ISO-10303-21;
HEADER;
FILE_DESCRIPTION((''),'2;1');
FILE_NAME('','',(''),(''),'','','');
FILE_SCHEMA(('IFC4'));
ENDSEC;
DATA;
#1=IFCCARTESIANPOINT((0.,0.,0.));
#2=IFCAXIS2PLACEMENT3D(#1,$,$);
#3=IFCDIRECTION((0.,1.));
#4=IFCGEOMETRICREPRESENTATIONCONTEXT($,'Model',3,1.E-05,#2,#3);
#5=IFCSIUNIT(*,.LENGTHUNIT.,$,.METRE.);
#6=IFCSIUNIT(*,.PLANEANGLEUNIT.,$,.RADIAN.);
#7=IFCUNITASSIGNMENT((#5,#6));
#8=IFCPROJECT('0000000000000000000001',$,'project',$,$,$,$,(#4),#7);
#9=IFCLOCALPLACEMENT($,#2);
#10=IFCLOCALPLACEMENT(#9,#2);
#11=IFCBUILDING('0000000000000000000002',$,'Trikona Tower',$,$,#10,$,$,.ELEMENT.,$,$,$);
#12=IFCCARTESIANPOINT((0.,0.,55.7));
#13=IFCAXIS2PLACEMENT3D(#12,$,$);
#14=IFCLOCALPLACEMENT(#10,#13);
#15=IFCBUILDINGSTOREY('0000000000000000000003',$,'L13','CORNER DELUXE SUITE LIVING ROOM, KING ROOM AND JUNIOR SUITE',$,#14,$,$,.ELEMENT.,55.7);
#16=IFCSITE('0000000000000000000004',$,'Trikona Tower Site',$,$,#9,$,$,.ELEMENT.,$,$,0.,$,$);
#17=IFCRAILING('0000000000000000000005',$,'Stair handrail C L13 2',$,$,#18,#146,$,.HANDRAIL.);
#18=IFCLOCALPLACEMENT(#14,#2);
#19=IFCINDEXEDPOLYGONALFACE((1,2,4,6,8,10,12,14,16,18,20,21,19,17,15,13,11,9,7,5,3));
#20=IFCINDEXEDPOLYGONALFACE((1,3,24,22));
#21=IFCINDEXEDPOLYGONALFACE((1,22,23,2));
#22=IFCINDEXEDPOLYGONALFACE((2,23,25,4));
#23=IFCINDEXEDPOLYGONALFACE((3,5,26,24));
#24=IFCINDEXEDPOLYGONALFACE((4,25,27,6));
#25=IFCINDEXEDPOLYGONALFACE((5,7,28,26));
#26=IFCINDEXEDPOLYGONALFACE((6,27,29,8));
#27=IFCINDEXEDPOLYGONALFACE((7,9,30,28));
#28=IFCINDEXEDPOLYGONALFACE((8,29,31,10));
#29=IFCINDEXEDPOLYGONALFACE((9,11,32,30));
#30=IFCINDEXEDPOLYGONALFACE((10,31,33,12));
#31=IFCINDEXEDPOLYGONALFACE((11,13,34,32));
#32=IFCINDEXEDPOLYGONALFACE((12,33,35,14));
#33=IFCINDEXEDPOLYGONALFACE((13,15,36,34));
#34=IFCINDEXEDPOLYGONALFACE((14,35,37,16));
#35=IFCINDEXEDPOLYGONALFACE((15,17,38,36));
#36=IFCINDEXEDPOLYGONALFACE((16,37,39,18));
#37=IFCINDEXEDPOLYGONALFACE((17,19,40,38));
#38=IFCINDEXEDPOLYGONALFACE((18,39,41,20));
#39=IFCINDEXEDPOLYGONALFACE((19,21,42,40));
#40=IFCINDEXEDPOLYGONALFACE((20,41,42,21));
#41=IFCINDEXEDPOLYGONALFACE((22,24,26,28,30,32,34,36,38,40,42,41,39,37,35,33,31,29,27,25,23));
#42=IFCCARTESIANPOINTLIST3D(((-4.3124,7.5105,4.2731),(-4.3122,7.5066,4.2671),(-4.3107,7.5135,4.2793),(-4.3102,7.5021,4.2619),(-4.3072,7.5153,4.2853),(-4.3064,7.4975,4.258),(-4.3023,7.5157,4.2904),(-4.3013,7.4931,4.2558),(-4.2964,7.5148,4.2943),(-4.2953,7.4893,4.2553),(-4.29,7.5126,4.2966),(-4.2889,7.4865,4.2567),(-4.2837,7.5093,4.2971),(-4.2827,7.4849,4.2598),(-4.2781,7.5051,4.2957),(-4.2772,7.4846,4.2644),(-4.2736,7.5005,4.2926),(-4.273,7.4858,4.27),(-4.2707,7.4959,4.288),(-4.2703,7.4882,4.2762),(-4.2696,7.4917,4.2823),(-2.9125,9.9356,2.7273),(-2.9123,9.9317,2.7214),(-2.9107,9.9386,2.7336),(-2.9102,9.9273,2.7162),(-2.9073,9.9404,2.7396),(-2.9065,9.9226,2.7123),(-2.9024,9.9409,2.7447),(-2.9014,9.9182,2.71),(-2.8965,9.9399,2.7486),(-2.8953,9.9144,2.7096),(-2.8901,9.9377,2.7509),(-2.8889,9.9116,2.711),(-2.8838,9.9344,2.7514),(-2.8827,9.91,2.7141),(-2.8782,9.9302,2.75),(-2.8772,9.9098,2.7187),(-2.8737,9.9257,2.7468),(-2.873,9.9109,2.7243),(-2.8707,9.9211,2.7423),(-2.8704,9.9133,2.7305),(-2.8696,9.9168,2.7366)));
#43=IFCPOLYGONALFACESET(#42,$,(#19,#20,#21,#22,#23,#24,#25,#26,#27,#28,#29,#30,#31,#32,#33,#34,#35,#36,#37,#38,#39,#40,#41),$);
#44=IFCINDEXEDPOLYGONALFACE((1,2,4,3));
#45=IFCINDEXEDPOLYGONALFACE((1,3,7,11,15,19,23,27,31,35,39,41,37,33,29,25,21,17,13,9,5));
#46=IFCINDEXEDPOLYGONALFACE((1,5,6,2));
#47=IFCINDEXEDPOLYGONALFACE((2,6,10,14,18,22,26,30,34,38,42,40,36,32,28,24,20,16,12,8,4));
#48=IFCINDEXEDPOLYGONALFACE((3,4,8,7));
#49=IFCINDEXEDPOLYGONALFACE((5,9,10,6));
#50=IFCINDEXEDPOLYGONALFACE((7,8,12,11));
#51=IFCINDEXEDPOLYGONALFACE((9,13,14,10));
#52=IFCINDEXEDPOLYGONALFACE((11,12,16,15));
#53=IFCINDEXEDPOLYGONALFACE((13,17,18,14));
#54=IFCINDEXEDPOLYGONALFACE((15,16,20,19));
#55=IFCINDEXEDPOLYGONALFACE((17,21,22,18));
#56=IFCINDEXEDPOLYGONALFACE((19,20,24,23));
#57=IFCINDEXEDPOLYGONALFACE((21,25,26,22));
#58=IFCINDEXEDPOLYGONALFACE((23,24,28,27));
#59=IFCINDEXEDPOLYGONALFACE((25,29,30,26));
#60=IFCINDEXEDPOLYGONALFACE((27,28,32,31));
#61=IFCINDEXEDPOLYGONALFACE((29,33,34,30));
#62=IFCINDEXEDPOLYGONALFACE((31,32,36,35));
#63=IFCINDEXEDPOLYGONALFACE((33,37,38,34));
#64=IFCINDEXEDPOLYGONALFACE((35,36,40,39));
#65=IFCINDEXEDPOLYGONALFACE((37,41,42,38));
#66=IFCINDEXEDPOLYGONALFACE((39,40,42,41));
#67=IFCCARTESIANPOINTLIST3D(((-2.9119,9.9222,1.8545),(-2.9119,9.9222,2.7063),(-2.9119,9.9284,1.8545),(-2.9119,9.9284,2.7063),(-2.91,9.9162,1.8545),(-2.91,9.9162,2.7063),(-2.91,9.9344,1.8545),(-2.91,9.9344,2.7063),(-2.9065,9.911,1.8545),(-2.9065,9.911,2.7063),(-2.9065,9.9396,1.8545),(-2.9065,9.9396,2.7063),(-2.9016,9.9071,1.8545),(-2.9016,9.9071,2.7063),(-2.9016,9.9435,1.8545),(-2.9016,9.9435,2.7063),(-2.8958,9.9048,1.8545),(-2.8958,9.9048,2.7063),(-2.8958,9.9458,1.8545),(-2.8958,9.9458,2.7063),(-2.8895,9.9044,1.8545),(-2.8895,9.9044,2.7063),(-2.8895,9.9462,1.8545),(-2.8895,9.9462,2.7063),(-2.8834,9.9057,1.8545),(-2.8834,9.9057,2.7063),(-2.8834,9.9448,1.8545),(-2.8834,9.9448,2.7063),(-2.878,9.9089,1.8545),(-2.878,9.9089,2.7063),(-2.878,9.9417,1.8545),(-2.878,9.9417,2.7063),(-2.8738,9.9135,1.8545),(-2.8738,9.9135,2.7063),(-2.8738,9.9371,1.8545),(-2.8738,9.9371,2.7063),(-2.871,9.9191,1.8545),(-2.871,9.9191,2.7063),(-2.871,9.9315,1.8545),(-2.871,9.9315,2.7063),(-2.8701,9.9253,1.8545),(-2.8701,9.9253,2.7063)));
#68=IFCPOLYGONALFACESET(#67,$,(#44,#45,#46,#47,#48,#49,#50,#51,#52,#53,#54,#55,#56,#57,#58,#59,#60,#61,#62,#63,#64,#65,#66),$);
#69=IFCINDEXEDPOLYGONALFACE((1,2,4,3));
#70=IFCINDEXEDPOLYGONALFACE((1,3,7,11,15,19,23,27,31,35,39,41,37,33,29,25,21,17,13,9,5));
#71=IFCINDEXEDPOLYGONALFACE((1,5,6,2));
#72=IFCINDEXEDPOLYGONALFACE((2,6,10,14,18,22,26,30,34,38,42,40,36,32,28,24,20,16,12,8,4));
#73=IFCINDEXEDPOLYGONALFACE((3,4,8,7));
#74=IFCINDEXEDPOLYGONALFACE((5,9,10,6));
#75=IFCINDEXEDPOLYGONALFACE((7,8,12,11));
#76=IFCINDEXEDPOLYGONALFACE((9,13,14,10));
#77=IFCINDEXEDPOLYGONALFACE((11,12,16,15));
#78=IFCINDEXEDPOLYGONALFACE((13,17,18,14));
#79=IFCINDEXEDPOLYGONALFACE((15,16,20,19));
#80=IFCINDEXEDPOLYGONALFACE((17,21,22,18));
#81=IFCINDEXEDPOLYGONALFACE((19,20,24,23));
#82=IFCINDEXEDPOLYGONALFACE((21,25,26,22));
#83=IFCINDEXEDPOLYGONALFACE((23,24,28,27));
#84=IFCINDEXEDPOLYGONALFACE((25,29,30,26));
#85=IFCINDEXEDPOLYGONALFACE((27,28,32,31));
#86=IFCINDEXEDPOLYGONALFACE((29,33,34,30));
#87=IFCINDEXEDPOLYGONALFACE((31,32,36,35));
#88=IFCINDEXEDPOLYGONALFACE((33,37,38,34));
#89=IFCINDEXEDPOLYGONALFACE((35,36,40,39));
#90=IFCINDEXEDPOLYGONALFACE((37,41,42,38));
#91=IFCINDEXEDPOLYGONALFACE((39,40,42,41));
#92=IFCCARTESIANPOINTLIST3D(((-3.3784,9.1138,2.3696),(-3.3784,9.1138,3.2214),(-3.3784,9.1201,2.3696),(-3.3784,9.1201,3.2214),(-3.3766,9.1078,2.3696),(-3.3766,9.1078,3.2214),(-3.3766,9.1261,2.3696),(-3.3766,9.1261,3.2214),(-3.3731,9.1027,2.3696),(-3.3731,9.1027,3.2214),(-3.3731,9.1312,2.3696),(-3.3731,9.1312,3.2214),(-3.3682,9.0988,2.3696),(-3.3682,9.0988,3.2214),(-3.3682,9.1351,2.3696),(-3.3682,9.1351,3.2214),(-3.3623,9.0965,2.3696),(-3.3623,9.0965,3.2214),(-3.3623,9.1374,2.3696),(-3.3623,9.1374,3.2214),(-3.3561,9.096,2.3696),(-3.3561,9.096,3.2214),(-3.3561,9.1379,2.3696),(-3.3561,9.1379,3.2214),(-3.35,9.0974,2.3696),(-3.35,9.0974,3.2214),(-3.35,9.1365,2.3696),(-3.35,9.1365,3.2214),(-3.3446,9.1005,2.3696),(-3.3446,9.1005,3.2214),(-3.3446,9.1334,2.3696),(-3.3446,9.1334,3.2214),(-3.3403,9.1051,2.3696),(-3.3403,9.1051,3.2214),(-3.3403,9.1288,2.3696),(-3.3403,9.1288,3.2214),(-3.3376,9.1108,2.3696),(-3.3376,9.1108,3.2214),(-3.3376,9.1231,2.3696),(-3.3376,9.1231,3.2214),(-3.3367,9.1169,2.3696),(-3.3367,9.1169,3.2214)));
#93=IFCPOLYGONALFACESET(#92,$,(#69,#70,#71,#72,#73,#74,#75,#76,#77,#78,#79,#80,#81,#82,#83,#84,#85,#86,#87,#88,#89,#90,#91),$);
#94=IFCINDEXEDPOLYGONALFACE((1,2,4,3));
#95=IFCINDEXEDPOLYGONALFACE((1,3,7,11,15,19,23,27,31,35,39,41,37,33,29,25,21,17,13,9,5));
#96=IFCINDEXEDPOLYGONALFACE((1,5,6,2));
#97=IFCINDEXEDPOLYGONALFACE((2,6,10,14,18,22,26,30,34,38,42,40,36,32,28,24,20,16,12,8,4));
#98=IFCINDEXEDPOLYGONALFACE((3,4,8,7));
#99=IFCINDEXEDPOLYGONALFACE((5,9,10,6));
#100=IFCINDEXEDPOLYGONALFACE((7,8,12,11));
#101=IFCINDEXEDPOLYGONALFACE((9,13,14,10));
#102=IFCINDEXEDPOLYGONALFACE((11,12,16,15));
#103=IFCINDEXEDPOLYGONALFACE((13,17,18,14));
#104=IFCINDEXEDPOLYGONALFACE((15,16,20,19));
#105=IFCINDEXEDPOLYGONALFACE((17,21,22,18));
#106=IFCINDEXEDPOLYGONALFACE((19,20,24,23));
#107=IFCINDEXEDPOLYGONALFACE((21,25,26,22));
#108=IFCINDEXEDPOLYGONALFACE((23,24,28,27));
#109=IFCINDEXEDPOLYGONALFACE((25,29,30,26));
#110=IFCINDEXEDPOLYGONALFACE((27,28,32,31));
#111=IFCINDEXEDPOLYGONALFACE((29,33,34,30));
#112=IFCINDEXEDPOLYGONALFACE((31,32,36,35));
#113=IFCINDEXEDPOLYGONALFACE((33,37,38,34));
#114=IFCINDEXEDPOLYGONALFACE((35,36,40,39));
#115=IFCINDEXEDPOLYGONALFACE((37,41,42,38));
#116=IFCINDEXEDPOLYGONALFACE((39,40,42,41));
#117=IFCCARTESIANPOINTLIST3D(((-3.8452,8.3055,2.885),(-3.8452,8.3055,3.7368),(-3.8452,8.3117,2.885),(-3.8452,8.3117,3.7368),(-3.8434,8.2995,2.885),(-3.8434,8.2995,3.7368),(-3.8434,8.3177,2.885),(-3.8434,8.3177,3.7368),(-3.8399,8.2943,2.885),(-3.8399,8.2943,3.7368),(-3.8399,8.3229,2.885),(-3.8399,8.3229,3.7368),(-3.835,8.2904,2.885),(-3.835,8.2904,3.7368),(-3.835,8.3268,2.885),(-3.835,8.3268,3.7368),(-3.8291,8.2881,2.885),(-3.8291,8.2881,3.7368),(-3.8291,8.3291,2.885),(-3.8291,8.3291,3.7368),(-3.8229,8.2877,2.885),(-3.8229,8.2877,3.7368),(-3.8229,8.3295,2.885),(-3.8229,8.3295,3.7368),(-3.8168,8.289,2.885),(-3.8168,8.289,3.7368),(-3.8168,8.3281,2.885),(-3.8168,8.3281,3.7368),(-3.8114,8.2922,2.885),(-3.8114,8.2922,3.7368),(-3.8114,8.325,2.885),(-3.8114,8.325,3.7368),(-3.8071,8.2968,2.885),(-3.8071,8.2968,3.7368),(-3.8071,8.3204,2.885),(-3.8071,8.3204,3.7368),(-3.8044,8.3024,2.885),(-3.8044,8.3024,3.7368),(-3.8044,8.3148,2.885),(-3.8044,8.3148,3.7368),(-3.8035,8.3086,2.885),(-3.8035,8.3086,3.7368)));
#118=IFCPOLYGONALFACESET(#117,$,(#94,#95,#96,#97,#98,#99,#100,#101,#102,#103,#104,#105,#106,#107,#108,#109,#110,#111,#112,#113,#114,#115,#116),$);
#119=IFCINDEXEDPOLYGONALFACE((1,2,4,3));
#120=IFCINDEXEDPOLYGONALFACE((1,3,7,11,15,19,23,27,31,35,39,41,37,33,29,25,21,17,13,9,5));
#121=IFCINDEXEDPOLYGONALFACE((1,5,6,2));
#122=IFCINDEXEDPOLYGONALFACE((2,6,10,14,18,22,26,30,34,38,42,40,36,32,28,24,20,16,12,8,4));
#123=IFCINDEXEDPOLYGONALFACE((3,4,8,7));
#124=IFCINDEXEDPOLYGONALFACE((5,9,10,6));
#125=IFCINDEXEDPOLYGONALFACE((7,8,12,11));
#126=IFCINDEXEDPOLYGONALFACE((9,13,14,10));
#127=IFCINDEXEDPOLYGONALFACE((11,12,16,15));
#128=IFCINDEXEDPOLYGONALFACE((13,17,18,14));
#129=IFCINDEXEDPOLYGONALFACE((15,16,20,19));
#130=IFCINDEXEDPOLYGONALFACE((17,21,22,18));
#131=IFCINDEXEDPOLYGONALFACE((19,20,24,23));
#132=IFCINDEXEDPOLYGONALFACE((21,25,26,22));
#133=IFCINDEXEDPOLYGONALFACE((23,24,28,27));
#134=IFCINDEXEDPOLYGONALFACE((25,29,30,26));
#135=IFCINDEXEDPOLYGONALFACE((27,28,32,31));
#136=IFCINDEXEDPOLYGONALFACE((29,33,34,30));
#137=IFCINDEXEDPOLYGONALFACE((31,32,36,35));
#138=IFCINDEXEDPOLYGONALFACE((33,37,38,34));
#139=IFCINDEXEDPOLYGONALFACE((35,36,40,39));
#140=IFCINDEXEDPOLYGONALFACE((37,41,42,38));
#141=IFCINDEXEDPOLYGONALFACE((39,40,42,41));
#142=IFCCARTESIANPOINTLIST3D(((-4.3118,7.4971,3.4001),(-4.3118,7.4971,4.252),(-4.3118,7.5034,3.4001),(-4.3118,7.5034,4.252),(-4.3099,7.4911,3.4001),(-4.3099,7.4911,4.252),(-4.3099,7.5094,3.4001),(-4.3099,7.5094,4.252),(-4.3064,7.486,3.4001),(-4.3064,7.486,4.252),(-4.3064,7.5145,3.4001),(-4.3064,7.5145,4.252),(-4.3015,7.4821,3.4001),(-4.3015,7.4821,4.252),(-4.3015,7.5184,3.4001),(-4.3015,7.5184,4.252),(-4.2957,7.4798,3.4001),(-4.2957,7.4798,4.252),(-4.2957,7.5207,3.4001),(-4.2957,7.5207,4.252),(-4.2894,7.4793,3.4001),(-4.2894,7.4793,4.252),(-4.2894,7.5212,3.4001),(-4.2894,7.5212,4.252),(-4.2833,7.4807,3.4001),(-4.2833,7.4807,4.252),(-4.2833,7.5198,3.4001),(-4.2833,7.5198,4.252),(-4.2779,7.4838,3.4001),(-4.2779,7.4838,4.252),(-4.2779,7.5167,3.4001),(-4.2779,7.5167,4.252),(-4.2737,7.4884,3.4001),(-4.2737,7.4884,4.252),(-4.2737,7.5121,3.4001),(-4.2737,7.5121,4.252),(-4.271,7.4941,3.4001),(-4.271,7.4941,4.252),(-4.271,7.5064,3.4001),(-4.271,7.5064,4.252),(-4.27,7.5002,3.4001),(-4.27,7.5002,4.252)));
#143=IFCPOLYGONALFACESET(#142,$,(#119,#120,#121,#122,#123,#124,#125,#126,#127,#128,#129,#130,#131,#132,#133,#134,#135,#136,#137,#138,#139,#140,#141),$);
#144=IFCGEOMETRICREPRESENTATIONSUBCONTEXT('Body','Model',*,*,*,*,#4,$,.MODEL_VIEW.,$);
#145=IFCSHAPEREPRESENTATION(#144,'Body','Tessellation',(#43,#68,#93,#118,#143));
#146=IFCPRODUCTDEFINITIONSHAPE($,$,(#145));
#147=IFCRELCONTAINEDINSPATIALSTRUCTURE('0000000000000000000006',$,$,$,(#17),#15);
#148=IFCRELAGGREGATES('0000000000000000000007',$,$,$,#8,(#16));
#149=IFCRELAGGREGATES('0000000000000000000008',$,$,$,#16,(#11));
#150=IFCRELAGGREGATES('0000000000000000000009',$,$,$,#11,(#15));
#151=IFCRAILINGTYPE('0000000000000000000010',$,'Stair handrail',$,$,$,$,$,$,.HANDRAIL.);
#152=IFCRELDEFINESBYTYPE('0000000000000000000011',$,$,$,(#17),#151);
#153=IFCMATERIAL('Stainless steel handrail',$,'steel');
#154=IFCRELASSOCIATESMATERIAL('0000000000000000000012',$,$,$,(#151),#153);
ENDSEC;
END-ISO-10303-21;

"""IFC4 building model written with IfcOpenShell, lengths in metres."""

from ifc_helpers import new_model, si_unit, direction, frame, origin, origin_2d, place, context, subcontext, project, spatial, circle, extrude, material, type_object, element, save


model = new_model("IFC4")

# Units and contexts
model_context = context("Model", 3, precision=1e-05, world=origin(), true_north=direction((0.0, 1.0)))
body_context = subcontext(model_context, "Body", "Model", "MODEL_VIEW")
ifc_project = project(units=[si_unit("LENGTHUNIT", "METRE"), si_unit("PLANEANGLEUNIT", "RADIAN")], contexts=[model_context])

# Site, building, storey
site_placement = place(None, origin())
site = spatial("IfcSite", under=ifc_project, at=site_placement, Name="Trikona Tower Site", CompositionType="ELEMENT", RefElevation=0.0)
building_placement = place(site_placement, origin())
building = spatial("IfcBuilding", under=site, at=building_placement, Name="Trikona Tower", CompositionType="ELEMENT")
storey_placement = place(building_placement, frame((0.0, 0.0, 55.7)))
storey = spatial("IfcBuildingStorey", under=building, at=storey_placement, Name="L13", Description="CORNER DELUXE SUITE LIVING ROOM, KING ROOM AND JUNIOR SUITE", CompositionType="ELEMENT", Elevation=55.7)

# Railing
ifc_material_1 = material(Name="Stainless steel handrail", Category="steel")
railing_type = type_object("IfcRailingType", Name="Stair handrail", PredefinedType="HANDRAIL", material=ifc_material_1)
railing_1_placement = place(storey_placement, frame((-2.8911, 9.9253, 1.8545)))
element("IfcRailing", 1, at=railing_1_placement, inside=storey, type_object=railing_type, Name="Stair handrail C L13 2", PredefinedType="HANDRAIL", context=body_context, shape_type="SweptSolid", body=[
    extrude(circle(Radius=0.0239, at=origin_2d()), frame((0.0, 0.0, 0.876), z_axis=(-0.437691, -0.758212, 0.483262), x_axis=(0.866056, -0.499946, 0.0)), (0.0, 0.0, 1.0), 3.1985),
    extrude(circle(Radius=0.021, at=origin_2d()), origin(), (0.0, 0.0, 1.0), 0.8518),
    extrude(circle(Radius=0.021, at=origin_2d()), frame((-0.4666, -0.8083, 0.5151)), (0.0, 0.0, 1.0), 0.8518),
    extrude(circle(Radius=0.021, at=origin_2d()), frame((-0.9333, -1.6167, 1.0305)), (0.0, 0.0, 1.0), 0.8518),
    extrude(circle(Radius=0.021, at=origin_2d()), frame((-1.3999, -2.425, 1.5457)), (0.0, 0.0, 1.0), 0.8518),
])

save(model, "model.ifc")
